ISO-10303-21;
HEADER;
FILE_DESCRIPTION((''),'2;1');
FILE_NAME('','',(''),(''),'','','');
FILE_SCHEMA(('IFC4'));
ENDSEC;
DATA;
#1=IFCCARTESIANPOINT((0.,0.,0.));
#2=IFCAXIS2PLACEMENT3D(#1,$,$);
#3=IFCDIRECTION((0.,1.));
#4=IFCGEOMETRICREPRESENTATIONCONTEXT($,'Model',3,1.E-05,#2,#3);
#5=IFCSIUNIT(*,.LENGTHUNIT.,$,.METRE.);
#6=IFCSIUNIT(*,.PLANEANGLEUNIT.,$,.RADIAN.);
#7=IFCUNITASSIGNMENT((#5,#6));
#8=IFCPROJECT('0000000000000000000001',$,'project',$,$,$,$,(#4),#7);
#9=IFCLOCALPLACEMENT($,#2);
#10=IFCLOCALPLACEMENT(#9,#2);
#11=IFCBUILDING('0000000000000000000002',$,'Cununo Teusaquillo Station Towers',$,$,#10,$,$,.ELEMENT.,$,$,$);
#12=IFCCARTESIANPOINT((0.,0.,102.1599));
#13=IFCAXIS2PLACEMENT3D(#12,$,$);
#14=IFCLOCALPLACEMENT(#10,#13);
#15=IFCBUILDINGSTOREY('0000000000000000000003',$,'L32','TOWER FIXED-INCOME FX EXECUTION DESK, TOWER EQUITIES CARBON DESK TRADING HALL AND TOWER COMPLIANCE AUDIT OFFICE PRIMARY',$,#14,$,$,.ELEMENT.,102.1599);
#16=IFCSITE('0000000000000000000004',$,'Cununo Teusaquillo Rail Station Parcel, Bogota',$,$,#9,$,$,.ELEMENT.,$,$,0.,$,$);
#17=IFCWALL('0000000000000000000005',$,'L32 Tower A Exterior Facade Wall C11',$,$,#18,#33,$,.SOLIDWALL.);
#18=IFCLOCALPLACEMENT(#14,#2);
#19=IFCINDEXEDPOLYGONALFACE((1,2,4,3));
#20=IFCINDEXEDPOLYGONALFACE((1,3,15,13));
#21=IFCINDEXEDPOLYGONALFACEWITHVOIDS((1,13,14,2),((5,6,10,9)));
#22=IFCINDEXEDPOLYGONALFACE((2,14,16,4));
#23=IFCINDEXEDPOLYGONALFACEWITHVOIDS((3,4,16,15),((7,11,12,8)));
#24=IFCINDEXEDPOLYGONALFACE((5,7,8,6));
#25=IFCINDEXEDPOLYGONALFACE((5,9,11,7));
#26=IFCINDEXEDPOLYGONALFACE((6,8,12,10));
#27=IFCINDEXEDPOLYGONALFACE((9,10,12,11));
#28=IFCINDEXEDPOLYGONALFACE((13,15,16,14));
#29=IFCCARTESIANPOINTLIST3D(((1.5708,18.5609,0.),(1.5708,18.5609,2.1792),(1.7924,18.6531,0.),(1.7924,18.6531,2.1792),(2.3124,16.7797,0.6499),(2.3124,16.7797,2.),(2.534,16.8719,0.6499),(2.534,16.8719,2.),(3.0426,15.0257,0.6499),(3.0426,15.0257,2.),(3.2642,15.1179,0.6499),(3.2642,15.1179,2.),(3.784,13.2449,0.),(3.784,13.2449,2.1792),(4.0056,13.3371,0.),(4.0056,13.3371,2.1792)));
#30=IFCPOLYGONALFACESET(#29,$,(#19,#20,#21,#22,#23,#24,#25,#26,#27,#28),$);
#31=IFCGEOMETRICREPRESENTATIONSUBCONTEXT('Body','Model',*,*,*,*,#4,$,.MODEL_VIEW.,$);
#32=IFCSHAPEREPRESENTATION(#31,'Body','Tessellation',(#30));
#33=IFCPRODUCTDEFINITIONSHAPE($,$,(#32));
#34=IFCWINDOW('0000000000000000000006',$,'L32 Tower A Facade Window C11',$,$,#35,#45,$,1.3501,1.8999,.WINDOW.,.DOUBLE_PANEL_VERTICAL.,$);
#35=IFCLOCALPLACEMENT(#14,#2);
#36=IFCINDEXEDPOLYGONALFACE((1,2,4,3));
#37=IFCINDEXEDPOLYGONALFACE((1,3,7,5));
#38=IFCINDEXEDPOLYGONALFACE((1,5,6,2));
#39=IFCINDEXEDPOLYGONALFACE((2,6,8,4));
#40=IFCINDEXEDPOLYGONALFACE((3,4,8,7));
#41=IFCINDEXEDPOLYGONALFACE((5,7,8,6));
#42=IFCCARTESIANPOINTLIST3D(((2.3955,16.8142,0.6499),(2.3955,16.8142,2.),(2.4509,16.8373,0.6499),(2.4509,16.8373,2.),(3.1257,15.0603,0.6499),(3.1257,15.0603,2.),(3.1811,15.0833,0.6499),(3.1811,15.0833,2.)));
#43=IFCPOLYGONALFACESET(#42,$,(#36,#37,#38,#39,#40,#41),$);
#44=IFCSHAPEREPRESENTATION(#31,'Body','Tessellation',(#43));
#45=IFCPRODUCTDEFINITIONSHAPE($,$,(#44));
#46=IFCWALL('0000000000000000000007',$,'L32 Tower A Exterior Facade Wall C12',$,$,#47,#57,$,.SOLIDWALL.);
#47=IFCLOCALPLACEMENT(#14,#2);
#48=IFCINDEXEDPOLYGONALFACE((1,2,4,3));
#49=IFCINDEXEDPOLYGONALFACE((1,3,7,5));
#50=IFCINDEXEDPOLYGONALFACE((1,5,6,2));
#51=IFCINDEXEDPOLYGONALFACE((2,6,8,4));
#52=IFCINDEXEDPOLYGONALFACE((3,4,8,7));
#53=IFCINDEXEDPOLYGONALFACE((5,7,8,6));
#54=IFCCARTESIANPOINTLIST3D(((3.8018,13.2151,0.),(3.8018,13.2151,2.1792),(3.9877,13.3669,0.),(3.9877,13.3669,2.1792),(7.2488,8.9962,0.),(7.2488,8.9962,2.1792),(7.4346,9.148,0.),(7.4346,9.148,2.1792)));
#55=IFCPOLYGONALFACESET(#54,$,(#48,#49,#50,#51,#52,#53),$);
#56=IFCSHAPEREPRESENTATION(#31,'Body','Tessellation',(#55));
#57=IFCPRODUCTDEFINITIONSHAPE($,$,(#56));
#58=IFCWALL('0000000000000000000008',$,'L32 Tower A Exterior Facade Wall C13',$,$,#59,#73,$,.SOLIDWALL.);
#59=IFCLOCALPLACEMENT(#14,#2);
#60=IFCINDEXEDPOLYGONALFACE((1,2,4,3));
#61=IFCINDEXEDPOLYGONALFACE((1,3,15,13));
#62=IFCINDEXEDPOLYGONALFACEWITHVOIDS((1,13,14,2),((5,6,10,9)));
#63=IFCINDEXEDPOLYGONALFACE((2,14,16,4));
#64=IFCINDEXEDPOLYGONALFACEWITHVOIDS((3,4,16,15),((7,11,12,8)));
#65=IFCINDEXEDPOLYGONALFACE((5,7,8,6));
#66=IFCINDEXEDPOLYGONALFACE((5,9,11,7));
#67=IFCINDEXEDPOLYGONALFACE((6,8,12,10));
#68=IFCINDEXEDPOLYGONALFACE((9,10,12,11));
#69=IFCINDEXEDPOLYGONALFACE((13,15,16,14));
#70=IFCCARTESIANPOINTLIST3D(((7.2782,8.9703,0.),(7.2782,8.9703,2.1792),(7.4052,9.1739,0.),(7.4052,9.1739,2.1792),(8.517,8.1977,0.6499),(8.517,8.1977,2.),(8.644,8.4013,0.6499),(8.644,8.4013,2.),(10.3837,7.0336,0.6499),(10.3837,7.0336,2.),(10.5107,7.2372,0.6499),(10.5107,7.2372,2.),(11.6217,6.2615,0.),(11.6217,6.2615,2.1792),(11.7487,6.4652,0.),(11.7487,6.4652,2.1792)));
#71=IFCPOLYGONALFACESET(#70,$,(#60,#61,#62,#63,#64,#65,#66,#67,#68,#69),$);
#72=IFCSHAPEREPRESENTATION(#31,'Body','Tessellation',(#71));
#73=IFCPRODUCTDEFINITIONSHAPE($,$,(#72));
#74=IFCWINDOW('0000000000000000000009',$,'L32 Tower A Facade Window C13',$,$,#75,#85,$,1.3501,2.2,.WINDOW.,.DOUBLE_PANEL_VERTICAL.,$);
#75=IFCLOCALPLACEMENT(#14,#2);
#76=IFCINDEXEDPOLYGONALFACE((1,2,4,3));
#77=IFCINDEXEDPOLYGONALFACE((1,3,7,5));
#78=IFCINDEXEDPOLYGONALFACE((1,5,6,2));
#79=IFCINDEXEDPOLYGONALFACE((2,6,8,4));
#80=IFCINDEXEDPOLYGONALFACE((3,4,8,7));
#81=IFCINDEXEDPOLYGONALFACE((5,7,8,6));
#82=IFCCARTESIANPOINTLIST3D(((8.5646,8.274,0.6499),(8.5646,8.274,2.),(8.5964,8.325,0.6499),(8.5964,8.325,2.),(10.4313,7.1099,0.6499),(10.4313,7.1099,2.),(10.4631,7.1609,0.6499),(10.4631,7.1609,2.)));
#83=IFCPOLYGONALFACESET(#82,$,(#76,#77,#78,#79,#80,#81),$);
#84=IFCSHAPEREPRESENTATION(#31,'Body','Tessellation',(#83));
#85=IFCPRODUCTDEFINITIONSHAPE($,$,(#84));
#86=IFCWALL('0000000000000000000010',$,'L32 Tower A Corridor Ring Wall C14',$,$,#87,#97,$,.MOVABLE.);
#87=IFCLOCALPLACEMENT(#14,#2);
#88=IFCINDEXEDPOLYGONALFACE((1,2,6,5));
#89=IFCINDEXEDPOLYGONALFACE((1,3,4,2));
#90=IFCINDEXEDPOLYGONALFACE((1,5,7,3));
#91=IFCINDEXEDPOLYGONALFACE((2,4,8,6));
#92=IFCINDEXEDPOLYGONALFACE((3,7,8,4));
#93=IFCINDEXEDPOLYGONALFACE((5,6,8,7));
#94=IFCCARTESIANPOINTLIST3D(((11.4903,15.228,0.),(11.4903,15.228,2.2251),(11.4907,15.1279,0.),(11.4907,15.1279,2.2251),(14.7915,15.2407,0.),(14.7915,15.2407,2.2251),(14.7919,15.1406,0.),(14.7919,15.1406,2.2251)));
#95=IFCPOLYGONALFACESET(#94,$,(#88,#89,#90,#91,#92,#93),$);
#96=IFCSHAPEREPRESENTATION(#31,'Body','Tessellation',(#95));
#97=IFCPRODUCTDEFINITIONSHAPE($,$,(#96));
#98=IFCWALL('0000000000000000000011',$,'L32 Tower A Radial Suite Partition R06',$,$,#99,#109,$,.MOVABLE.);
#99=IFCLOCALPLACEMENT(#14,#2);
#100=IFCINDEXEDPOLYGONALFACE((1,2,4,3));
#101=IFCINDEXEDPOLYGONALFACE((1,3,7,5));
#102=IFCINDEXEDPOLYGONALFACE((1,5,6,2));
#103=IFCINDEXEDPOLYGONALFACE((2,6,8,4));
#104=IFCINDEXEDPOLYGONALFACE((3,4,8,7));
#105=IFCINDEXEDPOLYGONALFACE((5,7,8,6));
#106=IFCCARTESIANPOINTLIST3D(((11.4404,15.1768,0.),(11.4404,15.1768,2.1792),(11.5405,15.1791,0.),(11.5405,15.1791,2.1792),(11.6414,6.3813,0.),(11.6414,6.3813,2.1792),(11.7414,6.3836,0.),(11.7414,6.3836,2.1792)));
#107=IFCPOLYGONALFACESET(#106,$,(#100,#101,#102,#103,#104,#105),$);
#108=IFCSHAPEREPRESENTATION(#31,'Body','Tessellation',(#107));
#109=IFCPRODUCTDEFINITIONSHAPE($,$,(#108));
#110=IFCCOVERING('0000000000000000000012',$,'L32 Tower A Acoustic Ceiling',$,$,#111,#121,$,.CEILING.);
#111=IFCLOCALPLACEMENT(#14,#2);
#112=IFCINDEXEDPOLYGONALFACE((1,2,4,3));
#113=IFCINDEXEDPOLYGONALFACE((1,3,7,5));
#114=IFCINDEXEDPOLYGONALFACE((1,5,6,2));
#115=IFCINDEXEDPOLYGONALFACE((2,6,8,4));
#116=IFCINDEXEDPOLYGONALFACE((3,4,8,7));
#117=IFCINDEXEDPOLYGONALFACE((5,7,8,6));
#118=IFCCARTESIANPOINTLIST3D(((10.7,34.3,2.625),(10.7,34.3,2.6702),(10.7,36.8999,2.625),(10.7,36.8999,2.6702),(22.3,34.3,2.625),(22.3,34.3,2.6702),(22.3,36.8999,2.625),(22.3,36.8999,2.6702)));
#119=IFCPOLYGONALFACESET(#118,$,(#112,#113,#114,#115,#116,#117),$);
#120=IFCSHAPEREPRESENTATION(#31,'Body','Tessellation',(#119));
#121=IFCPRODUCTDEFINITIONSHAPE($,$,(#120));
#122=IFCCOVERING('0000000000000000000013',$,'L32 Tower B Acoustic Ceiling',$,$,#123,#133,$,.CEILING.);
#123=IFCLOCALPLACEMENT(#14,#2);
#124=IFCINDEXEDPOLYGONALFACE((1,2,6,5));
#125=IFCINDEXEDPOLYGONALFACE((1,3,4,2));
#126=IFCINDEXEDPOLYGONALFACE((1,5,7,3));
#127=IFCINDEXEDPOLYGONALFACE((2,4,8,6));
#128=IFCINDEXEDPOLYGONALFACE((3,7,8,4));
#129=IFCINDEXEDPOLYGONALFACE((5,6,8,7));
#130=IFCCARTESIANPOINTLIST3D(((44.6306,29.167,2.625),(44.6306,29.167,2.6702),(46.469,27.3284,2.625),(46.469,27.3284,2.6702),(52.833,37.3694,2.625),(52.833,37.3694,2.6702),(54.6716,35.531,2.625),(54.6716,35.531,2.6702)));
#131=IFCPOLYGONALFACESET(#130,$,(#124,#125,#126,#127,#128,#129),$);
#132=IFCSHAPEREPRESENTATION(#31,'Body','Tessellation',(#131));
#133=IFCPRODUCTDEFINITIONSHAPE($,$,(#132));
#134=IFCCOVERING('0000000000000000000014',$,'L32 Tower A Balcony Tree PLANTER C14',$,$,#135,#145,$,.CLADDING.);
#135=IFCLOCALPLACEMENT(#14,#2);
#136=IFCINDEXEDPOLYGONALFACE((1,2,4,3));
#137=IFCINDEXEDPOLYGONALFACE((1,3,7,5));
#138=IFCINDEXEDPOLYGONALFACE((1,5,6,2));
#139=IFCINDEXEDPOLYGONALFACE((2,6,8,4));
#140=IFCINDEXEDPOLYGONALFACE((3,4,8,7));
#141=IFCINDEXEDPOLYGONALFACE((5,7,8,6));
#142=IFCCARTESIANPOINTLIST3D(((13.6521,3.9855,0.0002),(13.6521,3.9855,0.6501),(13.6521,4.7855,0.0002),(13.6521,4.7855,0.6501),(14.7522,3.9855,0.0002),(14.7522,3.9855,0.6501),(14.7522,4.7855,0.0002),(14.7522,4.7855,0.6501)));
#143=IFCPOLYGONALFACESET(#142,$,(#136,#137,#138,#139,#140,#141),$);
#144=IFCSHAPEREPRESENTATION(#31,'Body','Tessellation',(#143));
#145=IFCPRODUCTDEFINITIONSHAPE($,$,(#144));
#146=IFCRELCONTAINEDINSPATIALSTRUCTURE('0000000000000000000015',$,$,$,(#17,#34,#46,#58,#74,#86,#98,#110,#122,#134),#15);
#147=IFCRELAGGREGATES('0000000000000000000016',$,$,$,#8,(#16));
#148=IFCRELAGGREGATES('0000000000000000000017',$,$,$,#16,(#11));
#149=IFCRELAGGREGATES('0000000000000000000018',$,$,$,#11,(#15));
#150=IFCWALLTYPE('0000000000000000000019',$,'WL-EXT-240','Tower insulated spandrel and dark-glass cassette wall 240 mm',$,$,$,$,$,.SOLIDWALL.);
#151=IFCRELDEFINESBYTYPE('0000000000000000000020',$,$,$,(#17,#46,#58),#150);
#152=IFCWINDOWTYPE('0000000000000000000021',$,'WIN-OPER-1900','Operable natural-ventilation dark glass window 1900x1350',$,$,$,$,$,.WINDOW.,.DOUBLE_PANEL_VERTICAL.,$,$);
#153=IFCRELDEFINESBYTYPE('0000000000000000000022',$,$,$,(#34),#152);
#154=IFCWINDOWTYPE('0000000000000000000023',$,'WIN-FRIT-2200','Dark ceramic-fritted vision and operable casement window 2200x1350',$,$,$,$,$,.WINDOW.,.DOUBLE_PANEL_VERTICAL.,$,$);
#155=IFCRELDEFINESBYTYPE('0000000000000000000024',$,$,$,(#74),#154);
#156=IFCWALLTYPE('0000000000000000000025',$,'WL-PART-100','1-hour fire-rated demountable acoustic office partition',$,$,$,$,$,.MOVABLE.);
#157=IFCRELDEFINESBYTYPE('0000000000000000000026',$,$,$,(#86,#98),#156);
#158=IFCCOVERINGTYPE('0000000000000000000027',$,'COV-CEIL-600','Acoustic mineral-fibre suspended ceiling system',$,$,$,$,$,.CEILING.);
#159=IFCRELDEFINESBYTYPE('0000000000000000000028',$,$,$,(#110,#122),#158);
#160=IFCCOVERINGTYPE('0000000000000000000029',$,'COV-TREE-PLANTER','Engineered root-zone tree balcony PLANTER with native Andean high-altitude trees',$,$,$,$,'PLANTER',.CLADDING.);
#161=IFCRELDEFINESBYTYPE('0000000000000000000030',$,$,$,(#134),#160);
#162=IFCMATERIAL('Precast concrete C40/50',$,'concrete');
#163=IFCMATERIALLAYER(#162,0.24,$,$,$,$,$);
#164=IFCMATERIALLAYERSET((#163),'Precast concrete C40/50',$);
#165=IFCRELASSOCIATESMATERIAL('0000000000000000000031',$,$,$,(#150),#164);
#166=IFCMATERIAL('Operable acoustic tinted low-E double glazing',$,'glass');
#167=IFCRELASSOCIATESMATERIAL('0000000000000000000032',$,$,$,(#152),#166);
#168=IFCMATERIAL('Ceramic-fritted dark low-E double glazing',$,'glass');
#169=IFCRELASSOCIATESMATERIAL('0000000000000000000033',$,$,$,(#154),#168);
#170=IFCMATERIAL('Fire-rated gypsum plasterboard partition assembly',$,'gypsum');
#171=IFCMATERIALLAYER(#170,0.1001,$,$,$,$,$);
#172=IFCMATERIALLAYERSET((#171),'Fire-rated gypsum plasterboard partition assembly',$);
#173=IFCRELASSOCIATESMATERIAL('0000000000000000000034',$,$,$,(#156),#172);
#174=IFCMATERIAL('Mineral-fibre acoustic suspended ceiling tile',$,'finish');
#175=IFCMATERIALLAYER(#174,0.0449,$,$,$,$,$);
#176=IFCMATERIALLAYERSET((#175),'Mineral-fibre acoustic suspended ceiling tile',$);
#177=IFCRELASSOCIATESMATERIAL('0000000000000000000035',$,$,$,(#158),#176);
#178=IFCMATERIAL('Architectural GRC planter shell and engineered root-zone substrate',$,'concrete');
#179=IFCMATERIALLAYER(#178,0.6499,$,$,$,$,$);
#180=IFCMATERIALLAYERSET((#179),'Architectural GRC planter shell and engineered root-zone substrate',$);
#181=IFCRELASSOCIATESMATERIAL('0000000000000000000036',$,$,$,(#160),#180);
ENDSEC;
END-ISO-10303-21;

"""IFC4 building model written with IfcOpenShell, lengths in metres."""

from ifc_helpers import new_model, si_unit, direction, frame, frame_2d, origin, origin_2d, place, context, subcontext, project, spatial, polyline, rectangle, outline, extrude, source, transform, mapped, material, layer, layer_set, type_object, element, fill, save


model = new_model("IFC4")

# Units and contexts
model_context = context("Model", 3, precision=1e-05, world=origin(), true_north=direction((0.0, 1.0)))
body_context = subcontext(model_context, "Body", "Model", "MODEL_VIEW")
ifc_project = project(units=[si_unit("LENGTHUNIT", "METRE"), si_unit("PLANEANGLEUNIT", "RADIAN")], contexts=[model_context])

# Site, building, storey
site_placement = place(None, origin())
site = spatial("IfcSite", under=ifc_project, at=site_placement, Name="Cununo Teusaquillo Rail Station Parcel, Bogota", CompositionType="ELEMENT", RefElevation=0.0)
building_placement = place(site_placement, origin())
building = spatial("IfcBuilding", under=site, at=building_placement, Name="Cununo Teusaquillo Station Towers", CompositionType="ELEMENT")
storey_placement = place(building_placement, frame((0.0, 0.0, 102.1599)))
storey = spatial("IfcBuildingStorey", under=building, at=storey_placement, Name="L32", Description="TOWER FIXED-INCOME FX EXECUTION DESK, TOWER EQUITIES CARBON DESK TRADING HALL AND TOWER COMPLIANCE AUDIT OFFICE PRIMARY", CompositionType="ELEMENT", Elevation=102.1599)

# Wall, opening, window
ifc_material_1 = material(Name="Precast concrete C40/50", Category="concrete")
ifc_layer_1 = layer(ifc_material_1, 0.24)
ifc_layer_set_1 = layer_set([ifc_layer_1], Name="Precast concrete C40/50")
wall_type_1 = type_object("IfcWallType", Name="WL-EXT-240", Description="Tower insulated spandrel and dark-glass cassette wall 240 mm", PredefinedType="SOLIDWALL", material=ifc_layer_set_1)
wall_1_placement = place(storey_placement, frame((3.8948, 13.291, 0.0), z_axis=(0.0, 0.0, 1.0), x_axis=(-0.384344, 0.92319, 0.0)))
wall_1 = element("IfcWall", 1, at=wall_1_placement, inside=storey, type_object=wall_type_1, Name="L32 Tower A Exterior Facade Wall C11", PredefinedType="SOLIDWALL", context=body_context, shape_type="SweptSolid", body=[
    extrude(rectangle(XDim=5.7583, YDim=0.24, at=frame_2d((2.8792, 0.0))), origin(), (0.0, 0.0, 1.0), 2.1792),
])
shared_shape_1 = source(origin(), body_context, "Body", "SweptSolid", [
    extrude(rectangle(XDim=1.8999, YDim=1.3501, at=frame_2d((0.95, 0.675))), frame((0.0, 0.1299, 0.0), z_axis=(0.0, -1.0, 0.0), x_axis=(1.0, 0.0, 0.0)), (0.0, 0.0, 1.0), 0.26),
])
opening_1_placement = place(wall_1_placement, frame((1.929, 0.0, 0.6499)))
opening_1 = element("IfcOpeningElement", 2, at=opening_1_placement, cuts=wall_1, PredefinedType="OPENING", context=body_context, shape_type="MappedRepresentation", body=[
    mapped(shared_shape_1, transform((0.0, 0.0, 0.0), x_axis=(1.0, 0.0, 0.0), y_axis=(0.0, 1.0, 0.0), z_axis=(0.0, 0.0, 1.0), scale=1.0)),
])
ifc_material_2 = material(Name="Operable acoustic tinted low-E double glazing", Category="glass")
window_type_1 = type_object("IfcWindowType", Name="WIN-OPER-1900", Description="Operable natural-ventilation dark glass window 1900x1350", PartitioningType="DOUBLE_PANEL_VERTICAL", PredefinedType="WINDOW", material=ifc_material_2)
shared_shape_2 = source(origin(), body_context, "Body", "SweptSolid", [
    extrude(rectangle(XDim=1.8999, YDim=1.3501, at=frame_2d((0.95, 0.675))), frame((0.0, 0.03, 0.0), z_axis=(0.0, -1.0, 0.0), x_axis=(1.0, 0.0, 0.0)), (0.0, 0.0, 1.0), 0.0601),
])
window_1_placement = place(opening_1_placement, origin())
window_1 = element("IfcWindow", 3, at=window_1_placement, inside=storey, type_object=window_type_1, Name="L32 Tower A Facade Window C11", OverallHeight=1.3501, OverallWidth=1.8999, PartitioningType="DOUBLE_PANEL_VERTICAL", PredefinedType="WINDOW", context=body_context, shape_type="MappedRepresentation", body=[
    mapped(shared_shape_2, transform((0.0, 0.0, 0.0), x_axis=(1.0, 0.0, 0.0), y_axis=(0.0, 1.0, 0.0), z_axis=(0.0, 0.0, 1.0), scale=1.0)),
])
fill(opening_1, window_1)

# Wall
wall_2_placement = place(storey_placement, frame((7.3418, 9.072, 0.0), z_axis=(0.0, 0.0, 1.0), x_axis=(-0.632701, 0.774396, 0.0)))
element("IfcWall", 4, at=wall_2_placement, inside=storey, type_object=wall_type_1, Name="L32 Tower A Exterior Facade Wall C12", PredefinedType="SOLIDWALL", context=body_context, shape_type="SweptSolid", body=[
    extrude(rectangle(XDim=5.448, YDim=0.24, at=frame_2d((2.7241, 0.0))), origin(), (0.0, 0.0, 1.0), 2.1792),
])

# Wall, opening, window
wall_3_placement = place(storey_placement, frame((11.6853, 6.3633, 0.0), z_axis=(0.0, 0.0, 1.0), x_axis=(-0.84852, 0.529163, 0.0)))
wall_3 = element("IfcWall", 5, at=wall_3_placement, inside=storey, type_object=wall_type_1, Name="L32 Tower A Exterior Facade Wall C13", PredefinedType="SOLIDWALL", context=body_context, shape_type="SweptSolid", body=[
    extrude(rectangle(XDim=5.1189, YDim=0.24, at=frame_2d((2.5596, 0.0))), origin(), (0.0, 0.0, 1.0), 2.1792),
])
shared_shape_3 = source(origin(), body_context, "Body", "SweptSolid", [
    extrude(rectangle(XDim=2.2, YDim=1.3501, at=frame_2d((1.1001, 0.675))), frame((0.0, 0.1299, 0.0), z_axis=(0.0, -1.0, 0.0), x_axis=(1.0, 0.0, 0.0)), (0.0, 0.0, 1.0), 0.26),
])
opening_2_placement = place(wall_3_placement, frame((1.459, 0.0, 0.6499)))
opening_2 = element("IfcOpeningElement", 6, at=opening_2_placement, cuts=wall_3, PredefinedType="OPENING", context=body_context, shape_type="MappedRepresentation", body=[
    mapped(shared_shape_3, transform((0.0, 0.0, 0.0), x_axis=(1.0, 0.0, 0.0), y_axis=(0.0, 1.0, 0.0), z_axis=(0.0, 0.0, 1.0), scale=1.0)),
])
ifc_material_3 = material(Name="Ceramic-fritted dark low-E double glazing", Category="glass")
window_type_2 = type_object("IfcWindowType", Name="WIN-FRIT-2200", Description="Dark ceramic-fritted vision and operable casement window 2200x1350", PartitioningType="DOUBLE_PANEL_VERTICAL", PredefinedType="WINDOW", material=ifc_material_3)
shared_shape_4 = source(origin(), body_context, "Body", "SweptSolid", [
    extrude(rectangle(XDim=2.2, YDim=1.3501, at=frame_2d((1.1001, 0.675))), frame((0.0, 0.03, 0.0), z_axis=(0.0, -1.0, 0.0), x_axis=(1.0, 0.0, 0.0)), (0.0, 0.0, 1.0), 0.0601),
])
window_2_placement = place(opening_2_placement, origin())
window_2 = element("IfcWindow", 7, at=window_2_placement, inside=storey, type_object=window_type_2, Name="L32 Tower A Facade Window C13", OverallHeight=1.3501, OverallWidth=2.2, PartitioningType="DOUBLE_PANEL_VERTICAL", PredefinedType="WINDOW", context=body_context, shape_type="MappedRepresentation", body=[
    mapped(shared_shape_4, transform((0.0, 0.0, 0.0), x_axis=(1.0, 0.0, 0.0), y_axis=(0.0, 1.0, 0.0), z_axis=(0.0, 0.0, 1.0), scale=1.0)),
])
fill(opening_2, window_2)

# Walls
ifc_material_4 = material(Name="Fire-rated gypsum plasterboard partition assembly", Category="gypsum")
ifc_layer_2 = layer(ifc_material_4, 0.1001)
ifc_layer_set_2 = layer_set([ifc_layer_2], Name="Fire-rated gypsum plasterboard partition assembly")
wall_type_2 = type_object("IfcWallType", Name="WL-PART-100", Description="1-hour fire-rated demountable acoustic office partition", PredefinedType="MOVABLE", material=ifc_layer_set_2)
wall_4_placement = place(storey_placement, frame((11.4905, 15.178, 0.0), z_axis=(0.0, 0.0, 1.0), x_axis=(0.999993, 0.003846, 0.0)))
element("IfcWall", 8, at=wall_4_placement, inside=storey, type_object=wall_type_2, Name="L32 Tower A Corridor Ring Wall C14", PredefinedType="MOVABLE", context=body_context, shape_type="SweptSolid", body=[
    extrude(rectangle(XDim=3.3013, YDim=0.1001, at=frame_2d((1.6506, 0.0))), origin(), (0.0, 0.0, 1.0), 2.2251),
])
wall_5_placement = place(storey_placement, frame((11.4905, 15.178, 0.0), z_axis=(0.0, 0.0, 1.0), x_axis=(0.022838, -0.999739, 0.0)))
element("IfcWall", 9, at=wall_5_placement, inside=storey, type_object=wall_type_2, Name="L32 Tower A Radial Suite Partition R06", PredefinedType="MOVABLE", context=body_context, shape_type="SweptSolid", body=[
    extrude(rectangle(XDim=8.7979, YDim=0.1001, at=frame_2d((4.3989, 0.0))), origin(), (0.0, 0.0, 1.0), 2.1792),
])

# Coverings
ifc_material_5 = material(Name="Mineral-fibre acoustic suspended ceiling tile", Category="finish")
ifc_layer_3 = layer(ifc_material_5, 0.0449)
ifc_layer_set_3 = layer_set([ifc_layer_3], Name="Mineral-fibre acoustic suspended ceiling tile")
covering_type_1 = type_object("IfcCoveringType", Name="COV-CEIL-600", Description="Acoustic mineral-fibre suspended ceiling system", PredefinedType="CEILING", material=ifc_layer_set_3)
covering_1_placement = place(storey_placement, frame((0.0, 0.0, 2.625)))
element("IfcCovering", 10, at=covering_1_placement, inside=storey, type_object=covering_type_1, Name="L32 Tower A Acoustic Ceiling", PredefinedType="CEILING", context=body_context, shape_type="SweptSolid", body=[
    extrude(outline(polyline([(22.3, 36.8999), (22.3, 34.3), (10.7, 34.3), (10.7, 36.8999), (22.3, 36.8999)])), origin(), (0.0, 0.0, 1.0), 0.0452),
])
covering_2_placement = place(storey_placement, frame((0.0, 0.0, 2.625)))
element("IfcCovering", 11, at=covering_2_placement, inside=storey, type_object=covering_type_1, Name="L32 Tower B Acoustic Ceiling", PredefinedType="CEILING", context=body_context, shape_type="SweptSolid", body=[
    extrude(outline(polyline([(52.833, 37.3694), (54.6716, 35.531), (46.469, 27.3284), (44.6306, 29.167), (52.833, 37.3694)])), origin(), (0.0, 0.0, 1.0), 0.0452),
])
ifc_material_6 = material(Name="Architectural GRC planter shell and engineered root-zone substrate", Category="concrete")
ifc_layer_4 = layer(ifc_material_6, 0.6499)
ifc_layer_set_4 = layer_set([ifc_layer_4], Name="Architectural GRC planter shell and engineered root-zone substrate")
covering_type_2 = type_object("IfcCoveringType", Name="COV-TREE-PLANTER", Description="Engineered root-zone tree balcony PLANTER with native Andean high-altitude trees", ElementType="PLANTER", PredefinedType="CLADDING", material=ifc_layer_set_4)
shared_shape_5 = source(origin(), body_context, "Body", "SweptSolid", [
    extrude(rectangle(XDim=1.1001, YDim=0.8, at=origin_2d()), origin(), (0.0, 0.0, 1.0), 0.6499),
])
covering_3_placement = place(storey_placement, frame((14.2021, 4.3855, 0.0002), z_axis=(0.0, 0.0, 1.0), x_axis=(1.0, 0.0, 0.0)))
element("IfcCovering", 12, at=covering_3_placement, inside=storey, type_object=covering_type_2, Name="L32 Tower A Balcony Tree PLANTER C14", PredefinedType="CLADDING", context=body_context, shape_type="MappedRepresentation", body=[
    mapped(shared_shape_5, transform((0.0, 0.0, 0.0), x_axis=(1.0, 0.0, 0.0), y_axis=(0.0, 1.0, 0.0), z_axis=(0.0, 0.0, 1.0), scale=1.0)),
])

save(model, "model.ifc")
